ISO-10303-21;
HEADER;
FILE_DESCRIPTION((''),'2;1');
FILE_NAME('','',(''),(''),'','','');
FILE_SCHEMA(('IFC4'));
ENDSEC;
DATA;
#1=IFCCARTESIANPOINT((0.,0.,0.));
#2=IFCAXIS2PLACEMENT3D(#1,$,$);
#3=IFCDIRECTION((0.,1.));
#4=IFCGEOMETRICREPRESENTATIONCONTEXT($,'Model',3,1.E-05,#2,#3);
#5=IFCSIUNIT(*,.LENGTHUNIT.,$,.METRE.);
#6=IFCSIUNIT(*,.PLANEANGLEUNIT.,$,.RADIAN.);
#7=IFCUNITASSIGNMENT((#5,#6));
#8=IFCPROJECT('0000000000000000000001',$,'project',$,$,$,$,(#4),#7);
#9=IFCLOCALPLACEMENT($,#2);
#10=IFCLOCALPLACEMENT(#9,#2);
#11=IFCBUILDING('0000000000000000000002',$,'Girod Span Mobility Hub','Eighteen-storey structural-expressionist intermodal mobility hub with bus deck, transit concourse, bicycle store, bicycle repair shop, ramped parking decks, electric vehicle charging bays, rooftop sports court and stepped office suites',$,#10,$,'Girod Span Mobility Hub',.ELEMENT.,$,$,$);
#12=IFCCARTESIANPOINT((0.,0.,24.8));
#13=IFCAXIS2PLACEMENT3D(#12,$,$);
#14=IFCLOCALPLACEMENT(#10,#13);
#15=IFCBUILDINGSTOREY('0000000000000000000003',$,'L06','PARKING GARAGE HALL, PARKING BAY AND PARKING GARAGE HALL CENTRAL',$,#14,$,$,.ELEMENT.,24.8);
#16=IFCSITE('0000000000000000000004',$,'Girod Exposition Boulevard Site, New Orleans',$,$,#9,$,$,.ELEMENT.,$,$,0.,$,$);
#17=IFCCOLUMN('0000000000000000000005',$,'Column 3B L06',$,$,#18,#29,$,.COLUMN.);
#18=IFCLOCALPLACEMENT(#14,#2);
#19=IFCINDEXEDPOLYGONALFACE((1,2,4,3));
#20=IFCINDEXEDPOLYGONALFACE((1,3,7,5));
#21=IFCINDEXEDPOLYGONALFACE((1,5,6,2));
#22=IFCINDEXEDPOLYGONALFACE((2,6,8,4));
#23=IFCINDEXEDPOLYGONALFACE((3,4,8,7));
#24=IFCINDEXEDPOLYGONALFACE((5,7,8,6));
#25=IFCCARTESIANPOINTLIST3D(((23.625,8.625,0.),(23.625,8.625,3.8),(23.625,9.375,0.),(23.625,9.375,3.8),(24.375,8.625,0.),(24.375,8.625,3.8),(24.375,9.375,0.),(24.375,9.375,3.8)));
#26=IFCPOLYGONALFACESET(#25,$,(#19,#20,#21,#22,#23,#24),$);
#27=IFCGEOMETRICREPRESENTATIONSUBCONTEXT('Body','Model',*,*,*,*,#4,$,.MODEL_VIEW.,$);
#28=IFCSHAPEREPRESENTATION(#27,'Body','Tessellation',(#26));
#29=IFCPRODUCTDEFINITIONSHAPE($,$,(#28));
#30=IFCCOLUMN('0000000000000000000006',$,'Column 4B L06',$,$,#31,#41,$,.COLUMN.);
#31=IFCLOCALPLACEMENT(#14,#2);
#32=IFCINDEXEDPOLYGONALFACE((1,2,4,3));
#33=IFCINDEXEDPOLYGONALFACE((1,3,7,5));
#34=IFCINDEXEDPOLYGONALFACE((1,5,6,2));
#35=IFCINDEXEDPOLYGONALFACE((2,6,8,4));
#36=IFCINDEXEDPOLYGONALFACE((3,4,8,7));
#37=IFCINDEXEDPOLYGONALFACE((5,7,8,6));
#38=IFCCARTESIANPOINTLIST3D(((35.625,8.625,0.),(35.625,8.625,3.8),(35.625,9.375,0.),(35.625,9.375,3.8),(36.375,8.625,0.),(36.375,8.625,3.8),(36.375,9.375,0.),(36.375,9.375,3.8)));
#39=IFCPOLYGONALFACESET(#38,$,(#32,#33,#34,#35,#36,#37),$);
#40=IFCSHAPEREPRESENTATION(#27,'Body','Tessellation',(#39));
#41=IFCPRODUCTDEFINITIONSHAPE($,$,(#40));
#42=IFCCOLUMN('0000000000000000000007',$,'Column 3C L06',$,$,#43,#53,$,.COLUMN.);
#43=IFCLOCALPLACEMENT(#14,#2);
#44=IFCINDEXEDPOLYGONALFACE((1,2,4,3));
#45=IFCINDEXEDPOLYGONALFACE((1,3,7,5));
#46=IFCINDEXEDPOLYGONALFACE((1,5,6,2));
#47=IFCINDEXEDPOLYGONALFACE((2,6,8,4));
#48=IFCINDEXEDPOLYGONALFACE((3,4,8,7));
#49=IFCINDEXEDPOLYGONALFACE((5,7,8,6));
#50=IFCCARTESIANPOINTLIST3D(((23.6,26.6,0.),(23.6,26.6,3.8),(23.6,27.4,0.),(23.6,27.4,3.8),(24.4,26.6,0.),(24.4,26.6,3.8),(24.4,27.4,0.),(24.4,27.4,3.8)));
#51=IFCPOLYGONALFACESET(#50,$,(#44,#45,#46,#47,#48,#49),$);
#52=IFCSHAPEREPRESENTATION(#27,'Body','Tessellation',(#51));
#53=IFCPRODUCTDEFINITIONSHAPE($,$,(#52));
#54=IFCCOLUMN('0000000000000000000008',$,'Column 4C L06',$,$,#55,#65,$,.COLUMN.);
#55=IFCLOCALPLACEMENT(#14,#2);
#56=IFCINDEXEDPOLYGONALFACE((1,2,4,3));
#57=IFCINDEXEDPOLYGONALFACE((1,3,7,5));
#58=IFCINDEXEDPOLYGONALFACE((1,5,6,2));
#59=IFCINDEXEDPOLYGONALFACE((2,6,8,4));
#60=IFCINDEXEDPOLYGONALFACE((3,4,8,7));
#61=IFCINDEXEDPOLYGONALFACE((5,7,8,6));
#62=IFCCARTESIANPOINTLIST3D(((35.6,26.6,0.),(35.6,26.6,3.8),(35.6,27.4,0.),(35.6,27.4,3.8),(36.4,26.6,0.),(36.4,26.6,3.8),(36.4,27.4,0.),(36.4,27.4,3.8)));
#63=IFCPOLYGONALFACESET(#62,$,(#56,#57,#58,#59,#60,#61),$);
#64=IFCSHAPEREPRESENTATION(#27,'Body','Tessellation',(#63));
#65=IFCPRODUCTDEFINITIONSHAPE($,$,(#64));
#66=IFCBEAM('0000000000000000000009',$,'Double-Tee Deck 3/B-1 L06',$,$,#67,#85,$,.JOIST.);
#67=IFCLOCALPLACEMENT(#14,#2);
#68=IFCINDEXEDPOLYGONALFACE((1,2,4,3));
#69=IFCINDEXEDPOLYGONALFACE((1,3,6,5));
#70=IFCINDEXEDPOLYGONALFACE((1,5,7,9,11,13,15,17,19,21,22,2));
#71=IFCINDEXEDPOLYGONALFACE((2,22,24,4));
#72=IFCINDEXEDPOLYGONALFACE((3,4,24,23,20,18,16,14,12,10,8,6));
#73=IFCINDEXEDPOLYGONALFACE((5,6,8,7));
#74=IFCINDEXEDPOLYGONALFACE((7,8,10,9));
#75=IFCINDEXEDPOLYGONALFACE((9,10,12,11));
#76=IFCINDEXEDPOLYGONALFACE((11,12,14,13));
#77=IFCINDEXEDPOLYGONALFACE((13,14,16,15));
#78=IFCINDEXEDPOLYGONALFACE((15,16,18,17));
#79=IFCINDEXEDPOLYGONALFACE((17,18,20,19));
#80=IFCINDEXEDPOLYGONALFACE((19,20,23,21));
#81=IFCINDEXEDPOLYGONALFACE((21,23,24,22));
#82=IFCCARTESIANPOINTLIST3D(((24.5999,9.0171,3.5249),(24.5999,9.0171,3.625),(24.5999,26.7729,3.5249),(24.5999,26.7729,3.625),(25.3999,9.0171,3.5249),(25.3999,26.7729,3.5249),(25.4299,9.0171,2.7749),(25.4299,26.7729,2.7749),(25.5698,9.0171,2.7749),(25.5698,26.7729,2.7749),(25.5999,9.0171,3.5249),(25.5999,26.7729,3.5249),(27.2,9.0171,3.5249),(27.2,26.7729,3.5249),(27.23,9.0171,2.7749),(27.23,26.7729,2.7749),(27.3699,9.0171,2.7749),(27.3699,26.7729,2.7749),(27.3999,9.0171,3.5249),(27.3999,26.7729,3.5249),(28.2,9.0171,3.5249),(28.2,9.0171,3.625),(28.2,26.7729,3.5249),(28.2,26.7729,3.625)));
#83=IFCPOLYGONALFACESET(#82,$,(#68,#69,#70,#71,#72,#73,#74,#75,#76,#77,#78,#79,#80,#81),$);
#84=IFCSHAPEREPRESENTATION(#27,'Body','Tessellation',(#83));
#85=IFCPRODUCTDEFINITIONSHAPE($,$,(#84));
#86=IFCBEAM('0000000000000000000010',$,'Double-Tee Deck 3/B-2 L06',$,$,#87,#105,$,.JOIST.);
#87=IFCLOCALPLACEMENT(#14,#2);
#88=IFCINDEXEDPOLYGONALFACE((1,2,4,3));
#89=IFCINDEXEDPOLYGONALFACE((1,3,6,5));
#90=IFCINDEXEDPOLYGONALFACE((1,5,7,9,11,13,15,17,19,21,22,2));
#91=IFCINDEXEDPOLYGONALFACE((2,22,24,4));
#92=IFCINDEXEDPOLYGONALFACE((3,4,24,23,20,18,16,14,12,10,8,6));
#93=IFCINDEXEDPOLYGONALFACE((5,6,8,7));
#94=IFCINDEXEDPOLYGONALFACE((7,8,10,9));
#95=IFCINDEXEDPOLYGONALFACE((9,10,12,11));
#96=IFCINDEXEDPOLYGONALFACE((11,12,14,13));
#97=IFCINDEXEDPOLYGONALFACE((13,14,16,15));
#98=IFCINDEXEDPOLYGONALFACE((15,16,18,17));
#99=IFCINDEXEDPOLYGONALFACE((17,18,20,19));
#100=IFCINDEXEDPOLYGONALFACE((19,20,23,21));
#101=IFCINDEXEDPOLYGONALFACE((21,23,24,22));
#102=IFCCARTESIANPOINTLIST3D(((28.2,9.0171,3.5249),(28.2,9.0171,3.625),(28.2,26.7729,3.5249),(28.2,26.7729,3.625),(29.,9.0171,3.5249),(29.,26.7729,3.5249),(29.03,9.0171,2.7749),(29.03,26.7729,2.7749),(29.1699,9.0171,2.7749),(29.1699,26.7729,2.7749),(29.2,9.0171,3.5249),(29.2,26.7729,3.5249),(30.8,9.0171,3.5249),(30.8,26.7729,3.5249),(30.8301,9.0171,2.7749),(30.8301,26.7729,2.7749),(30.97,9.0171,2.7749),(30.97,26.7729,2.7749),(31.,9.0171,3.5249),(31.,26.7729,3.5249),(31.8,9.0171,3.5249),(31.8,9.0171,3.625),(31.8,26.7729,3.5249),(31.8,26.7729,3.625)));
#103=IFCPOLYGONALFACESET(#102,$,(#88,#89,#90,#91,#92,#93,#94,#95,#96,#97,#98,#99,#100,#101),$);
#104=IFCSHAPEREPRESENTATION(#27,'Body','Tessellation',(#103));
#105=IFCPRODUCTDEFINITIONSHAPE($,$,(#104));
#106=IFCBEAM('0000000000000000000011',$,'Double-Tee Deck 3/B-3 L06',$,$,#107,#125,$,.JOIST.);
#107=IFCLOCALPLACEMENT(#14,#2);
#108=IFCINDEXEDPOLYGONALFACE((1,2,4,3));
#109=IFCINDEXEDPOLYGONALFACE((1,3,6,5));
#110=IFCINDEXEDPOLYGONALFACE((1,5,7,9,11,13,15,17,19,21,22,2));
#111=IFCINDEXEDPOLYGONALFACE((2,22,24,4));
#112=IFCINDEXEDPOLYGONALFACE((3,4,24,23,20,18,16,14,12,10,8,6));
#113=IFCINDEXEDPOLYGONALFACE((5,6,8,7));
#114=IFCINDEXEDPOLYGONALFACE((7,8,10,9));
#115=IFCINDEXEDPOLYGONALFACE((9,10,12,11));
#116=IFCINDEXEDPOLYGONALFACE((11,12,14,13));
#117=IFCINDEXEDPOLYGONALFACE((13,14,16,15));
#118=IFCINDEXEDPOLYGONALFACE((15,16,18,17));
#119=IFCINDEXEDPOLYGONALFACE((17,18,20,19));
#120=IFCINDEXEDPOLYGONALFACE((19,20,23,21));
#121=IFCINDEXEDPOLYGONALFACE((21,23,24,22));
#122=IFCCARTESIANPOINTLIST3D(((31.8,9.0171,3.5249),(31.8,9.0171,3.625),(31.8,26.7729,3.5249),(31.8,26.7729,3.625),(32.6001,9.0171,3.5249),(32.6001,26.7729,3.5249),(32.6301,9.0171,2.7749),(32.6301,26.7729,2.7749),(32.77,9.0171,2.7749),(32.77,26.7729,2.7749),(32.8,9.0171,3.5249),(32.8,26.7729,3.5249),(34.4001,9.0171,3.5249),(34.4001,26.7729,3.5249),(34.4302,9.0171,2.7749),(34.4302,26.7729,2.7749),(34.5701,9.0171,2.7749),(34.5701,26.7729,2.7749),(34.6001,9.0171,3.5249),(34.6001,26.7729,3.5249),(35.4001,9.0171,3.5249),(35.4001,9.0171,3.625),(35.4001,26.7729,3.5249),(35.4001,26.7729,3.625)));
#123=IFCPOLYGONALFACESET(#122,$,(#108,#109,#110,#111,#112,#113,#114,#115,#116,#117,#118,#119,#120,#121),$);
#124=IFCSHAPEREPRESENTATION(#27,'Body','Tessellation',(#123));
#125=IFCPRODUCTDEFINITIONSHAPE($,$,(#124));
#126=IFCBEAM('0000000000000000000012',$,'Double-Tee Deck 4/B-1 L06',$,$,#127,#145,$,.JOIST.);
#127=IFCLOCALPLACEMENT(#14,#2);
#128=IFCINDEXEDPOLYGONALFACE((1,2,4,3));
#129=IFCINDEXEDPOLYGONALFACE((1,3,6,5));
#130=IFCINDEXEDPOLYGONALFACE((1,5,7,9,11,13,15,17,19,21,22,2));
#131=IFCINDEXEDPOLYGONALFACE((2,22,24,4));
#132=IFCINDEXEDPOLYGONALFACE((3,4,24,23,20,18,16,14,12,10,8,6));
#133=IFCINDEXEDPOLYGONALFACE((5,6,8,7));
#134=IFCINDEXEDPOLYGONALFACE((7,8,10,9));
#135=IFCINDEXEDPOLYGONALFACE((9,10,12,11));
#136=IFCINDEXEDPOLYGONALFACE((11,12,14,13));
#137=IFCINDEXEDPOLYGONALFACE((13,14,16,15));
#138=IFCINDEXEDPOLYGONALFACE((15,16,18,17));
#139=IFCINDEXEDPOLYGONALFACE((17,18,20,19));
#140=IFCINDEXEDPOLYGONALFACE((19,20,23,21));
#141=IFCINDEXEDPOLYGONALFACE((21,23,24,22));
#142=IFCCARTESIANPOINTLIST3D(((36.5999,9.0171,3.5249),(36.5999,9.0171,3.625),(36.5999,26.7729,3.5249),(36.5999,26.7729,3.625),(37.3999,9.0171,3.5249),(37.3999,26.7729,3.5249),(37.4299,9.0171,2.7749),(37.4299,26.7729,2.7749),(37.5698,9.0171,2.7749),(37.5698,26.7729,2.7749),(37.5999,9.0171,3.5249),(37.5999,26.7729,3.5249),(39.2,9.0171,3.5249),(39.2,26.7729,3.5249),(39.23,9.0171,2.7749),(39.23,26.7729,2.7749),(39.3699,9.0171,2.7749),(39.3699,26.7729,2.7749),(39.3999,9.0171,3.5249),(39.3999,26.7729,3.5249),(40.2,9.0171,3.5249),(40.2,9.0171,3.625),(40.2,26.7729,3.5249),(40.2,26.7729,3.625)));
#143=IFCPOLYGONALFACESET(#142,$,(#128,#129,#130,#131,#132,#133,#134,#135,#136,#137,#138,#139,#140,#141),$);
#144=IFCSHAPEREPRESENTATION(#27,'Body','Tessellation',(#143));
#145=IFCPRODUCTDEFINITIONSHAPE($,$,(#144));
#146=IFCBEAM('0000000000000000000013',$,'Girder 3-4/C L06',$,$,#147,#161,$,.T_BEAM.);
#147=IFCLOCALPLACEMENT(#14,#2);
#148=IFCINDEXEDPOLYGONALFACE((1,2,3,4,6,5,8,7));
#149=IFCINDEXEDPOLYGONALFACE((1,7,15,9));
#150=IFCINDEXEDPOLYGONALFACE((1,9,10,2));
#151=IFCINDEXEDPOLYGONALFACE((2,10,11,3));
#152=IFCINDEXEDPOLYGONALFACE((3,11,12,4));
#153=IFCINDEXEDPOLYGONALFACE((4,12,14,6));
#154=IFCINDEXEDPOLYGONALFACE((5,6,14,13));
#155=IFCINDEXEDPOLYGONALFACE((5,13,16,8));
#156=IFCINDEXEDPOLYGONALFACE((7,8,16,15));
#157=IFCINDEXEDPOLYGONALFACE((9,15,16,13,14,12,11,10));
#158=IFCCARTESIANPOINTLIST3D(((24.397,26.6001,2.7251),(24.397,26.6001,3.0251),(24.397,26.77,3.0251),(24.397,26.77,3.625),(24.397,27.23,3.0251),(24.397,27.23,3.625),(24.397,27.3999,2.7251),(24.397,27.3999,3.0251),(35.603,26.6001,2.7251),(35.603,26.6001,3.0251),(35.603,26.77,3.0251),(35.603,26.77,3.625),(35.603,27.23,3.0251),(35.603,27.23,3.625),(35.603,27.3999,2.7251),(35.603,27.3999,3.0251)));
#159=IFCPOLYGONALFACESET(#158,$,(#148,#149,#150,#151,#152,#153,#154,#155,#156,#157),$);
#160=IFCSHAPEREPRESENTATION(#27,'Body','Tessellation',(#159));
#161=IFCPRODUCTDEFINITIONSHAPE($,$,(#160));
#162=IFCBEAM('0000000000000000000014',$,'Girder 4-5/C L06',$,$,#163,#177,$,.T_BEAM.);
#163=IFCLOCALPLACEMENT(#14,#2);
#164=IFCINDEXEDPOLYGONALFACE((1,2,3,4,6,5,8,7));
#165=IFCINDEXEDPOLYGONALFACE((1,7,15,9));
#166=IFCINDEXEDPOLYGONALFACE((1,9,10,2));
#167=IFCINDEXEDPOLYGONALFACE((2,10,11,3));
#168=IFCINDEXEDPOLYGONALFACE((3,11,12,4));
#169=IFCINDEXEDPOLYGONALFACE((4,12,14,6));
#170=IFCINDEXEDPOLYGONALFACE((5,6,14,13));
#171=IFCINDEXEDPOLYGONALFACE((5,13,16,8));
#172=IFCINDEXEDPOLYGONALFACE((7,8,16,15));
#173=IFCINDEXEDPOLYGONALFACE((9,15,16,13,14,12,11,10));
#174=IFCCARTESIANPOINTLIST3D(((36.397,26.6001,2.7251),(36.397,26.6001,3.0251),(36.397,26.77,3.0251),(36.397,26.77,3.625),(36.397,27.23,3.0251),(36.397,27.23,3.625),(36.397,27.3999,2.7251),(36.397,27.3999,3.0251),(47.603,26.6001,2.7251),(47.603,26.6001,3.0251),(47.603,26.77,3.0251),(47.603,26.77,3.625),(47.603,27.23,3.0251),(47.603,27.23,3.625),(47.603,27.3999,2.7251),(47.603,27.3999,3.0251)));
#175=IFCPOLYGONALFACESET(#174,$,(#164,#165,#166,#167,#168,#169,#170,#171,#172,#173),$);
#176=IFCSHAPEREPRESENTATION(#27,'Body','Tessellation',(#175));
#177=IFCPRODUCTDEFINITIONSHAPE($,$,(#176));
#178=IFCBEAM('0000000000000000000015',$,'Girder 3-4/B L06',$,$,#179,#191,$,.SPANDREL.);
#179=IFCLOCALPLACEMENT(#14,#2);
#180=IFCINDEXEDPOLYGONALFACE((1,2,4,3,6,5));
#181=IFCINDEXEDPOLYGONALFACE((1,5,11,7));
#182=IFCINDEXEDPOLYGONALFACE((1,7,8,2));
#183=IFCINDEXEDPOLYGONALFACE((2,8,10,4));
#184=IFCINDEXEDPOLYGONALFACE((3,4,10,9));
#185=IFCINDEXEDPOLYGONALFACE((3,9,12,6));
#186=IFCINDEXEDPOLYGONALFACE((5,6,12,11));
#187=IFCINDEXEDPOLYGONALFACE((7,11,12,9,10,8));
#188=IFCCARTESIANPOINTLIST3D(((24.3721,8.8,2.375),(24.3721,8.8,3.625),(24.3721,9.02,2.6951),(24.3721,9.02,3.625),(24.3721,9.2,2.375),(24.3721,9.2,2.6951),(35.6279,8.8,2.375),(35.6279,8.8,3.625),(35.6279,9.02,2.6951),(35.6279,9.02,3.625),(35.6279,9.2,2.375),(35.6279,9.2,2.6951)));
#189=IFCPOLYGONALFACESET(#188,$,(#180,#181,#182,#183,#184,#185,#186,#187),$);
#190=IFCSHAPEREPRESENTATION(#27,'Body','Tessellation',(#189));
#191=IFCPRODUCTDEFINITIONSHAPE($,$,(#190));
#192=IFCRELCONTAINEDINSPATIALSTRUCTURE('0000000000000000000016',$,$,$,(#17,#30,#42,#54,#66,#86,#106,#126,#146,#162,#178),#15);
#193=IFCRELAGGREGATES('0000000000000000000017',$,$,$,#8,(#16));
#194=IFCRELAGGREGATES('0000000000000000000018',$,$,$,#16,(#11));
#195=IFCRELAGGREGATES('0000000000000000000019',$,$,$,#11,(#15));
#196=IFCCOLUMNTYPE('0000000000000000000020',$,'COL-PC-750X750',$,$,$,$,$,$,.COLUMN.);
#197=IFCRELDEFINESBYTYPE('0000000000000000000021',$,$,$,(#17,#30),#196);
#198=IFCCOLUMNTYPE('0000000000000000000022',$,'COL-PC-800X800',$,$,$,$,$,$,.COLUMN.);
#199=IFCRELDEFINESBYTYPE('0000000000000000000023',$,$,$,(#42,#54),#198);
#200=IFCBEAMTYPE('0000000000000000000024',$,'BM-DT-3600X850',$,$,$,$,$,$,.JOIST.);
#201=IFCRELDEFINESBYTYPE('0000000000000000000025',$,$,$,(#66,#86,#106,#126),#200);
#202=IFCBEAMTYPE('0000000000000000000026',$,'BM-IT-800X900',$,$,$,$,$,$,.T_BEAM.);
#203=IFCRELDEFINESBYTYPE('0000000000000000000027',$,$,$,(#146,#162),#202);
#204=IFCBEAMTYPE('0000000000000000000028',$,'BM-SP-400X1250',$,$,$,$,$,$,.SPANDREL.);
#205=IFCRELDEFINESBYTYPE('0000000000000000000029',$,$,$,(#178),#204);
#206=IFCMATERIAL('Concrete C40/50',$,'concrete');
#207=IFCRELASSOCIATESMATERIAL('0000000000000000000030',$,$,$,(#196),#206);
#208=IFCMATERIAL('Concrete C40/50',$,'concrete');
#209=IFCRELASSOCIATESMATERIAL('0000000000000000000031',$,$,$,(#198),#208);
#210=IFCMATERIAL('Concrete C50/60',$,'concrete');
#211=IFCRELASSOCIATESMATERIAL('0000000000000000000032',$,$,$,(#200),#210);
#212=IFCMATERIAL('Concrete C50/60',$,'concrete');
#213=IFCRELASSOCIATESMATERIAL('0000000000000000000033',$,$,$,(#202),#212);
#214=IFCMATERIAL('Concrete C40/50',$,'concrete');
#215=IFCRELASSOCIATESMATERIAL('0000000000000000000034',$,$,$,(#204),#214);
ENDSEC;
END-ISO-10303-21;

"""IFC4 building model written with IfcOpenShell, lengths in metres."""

from ifc_helpers import new_model, si_unit, direction, frame, origin, origin_2d, place, context, subcontext, project, spatial, polyline, rectangle, outline, extrude, material, material_profile, profile_set, type_object, element, save


model = new_model("IFC4")

# Units and contexts
model_context = context("Model", 3, precision=1e-05, world=origin(), true_north=direction((0.0, 1.0)))
body_context = subcontext(model_context, "Body", "Model", "MODEL_VIEW")
ifc_project = project(units=[si_unit("LENGTHUNIT", "METRE"), si_unit("PLANEANGLEUNIT", "RADIAN")], contexts=[model_context])

# Site, building, storey
site_placement = place(None, origin())
site = spatial("IfcSite", under=ifc_project, at=site_placement, Name="Girod Exposition Boulevard Site, New Orleans", CompositionType="ELEMENT", RefElevation=0.0)
building_placement = place(site_placement, origin())
building = spatial("IfcBuilding", under=site, at=building_placement, Name="Girod Span Mobility Hub", Description="Eighteen-storey structural-expressionist intermodal mobility hub with bus deck, transit concourse, bicycle store, bicycle repair shop, ramped parking decks, electric vehicle charging bays, rooftop sports court and stepped office suites", LongName="Girod Span Mobility Hub", CompositionType="ELEMENT")
storey_placement = place(building_placement, frame((0.0, 0.0, 24.8)))
storey = spatial("IfcBuildingStorey", under=building, at=storey_placement, Name="L06", Description="PARKING GARAGE HALL, PARKING BAY AND PARKING GARAGE HALL CENTRAL", CompositionType="ELEMENT", Elevation=24.8)

# Columns
ifc_material_1 = material(Name="Concrete C40/50", Category="concrete")
ifc_material_profile_1 = material_profile(ifc_material_1, rectangle(XDim=0.75, YDim=0.75, at=origin_2d()), Name="PC-COL-750X750")
ifc_profile_set_1 = profile_set([ifc_material_profile_1], Name="Concrete C40/50")
column_type_1 = type_object("IfcColumnType", Name="COL-PC-750X750", PredefinedType="COLUMN", material=ifc_profile_set_1)
for number, where, z_axis, x_axis, name in (
    (1, (24.0, 9.0, 0.0), (0.0, 0.0, 1.0), (1.0, 0.0, 0.0), "Column 3B L06"),
    (2, (36.0, 9.0, 0.0), (0.0, 0.0, 1.0), (1.0, 0.0, 0.0), "Column 4B L06"),
):
    element("IfcColumn", number, at=place(storey_placement, frame(where, z_axis=z_axis, x_axis=x_axis)), inside=storey, type_object=column_type_1, Name=name, PredefinedType="COLUMN", context=body_context, shape_type="SweptSolid", body=[
        extrude(rectangle(XDim=0.75, YDim=0.75, at=origin_2d()), origin(), (0.0, 0.0, 1.0), 3.8),
    ])
ifc_material_2 = material(Name="Concrete C40/50", Category="concrete")
ifc_material_profile_2 = material_profile(ifc_material_2, rectangle(XDim=0.8, YDim=0.8, at=origin_2d()), Name="PC-COL-800X800")
ifc_profile_set_2 = profile_set([ifc_material_profile_2], Name="Concrete C40/50")
column_type_2 = type_object("IfcColumnType", Name="COL-PC-800X800", PredefinedType="COLUMN", material=ifc_profile_set_2)
for number, where, z_axis, x_axis, name in (
    (3, (24.0, 27.0, 0.0), (0.0, 0.0, 1.0), (1.0, 0.0, 0.0), "Column 3C L06"),
    (4, (36.0, 27.0, 0.0), (0.0, 0.0, 1.0), (1.0, 0.0, 0.0), "Column 4C L06"),
):
    element("IfcColumn", number, at=place(storey_placement, frame(where, z_axis=z_axis, x_axis=x_axis)), inside=storey, type_object=column_type_2, Name=name, PredefinedType="COLUMN", context=body_context, shape_type="SweptSolid", body=[
        extrude(rectangle(XDim=0.8, YDim=0.8, at=origin_2d()), origin(), (0.0, 0.0, 1.0), 3.8),
    ])

# Beams
ifc_material_3 = material(Name="Concrete C50/60", Category="concrete")
ifc_material_profile_3 = material_profile(ifc_material_3, outline(polyline([(-1.8, 0.425), (-1.8, 0.325), (-1.0, 0.325), (-0.97, -0.425), (-0.8301, -0.425), (-0.8, 0.325), (0.8, 0.325), (0.8301, -0.425), (0.97, -0.425), (1.0, 0.325), (1.8, 0.325), (1.8, 0.425), (-1.8, 0.425)])), Name="DT-3600X850")
ifc_profile_set_3 = profile_set([ifc_material_profile_3], Name="Concrete C50/60")
beam_type_1 = type_object("IfcBeamType", Name="BM-DT-3600X850", PredefinedType="JOIST", material=ifc_profile_set_3)
for number, where, z_axis, x_axis, name in (
    (5, (26.3999, 9.0171, 3.2), (0.0, 1.0, 0.0), (-1.0, 0.0, 0.0), "Double-Tee Deck 3/B-1 L06"),
    (6, (30.0, 9.0171, 3.2), (0.0, 1.0, 0.0), (-1.0, 0.0, 0.0), "Double-Tee Deck 3/B-2 L06"),
    (7, (33.6001, 9.0171, 3.2), (0.0, 1.0, 0.0), (-1.0, 0.0, 0.0), "Double-Tee Deck 3/B-3 L06"),
    (8, (38.3999, 9.0171, 3.2), (0.0, 1.0, 0.0), (-1.0, 0.0, 0.0), "Double-Tee Deck 4/B-1 L06"),
):
    element("IfcBeam", number, at=place(storey_placement, frame(where, z_axis=z_axis, x_axis=x_axis)), inside=storey, type_object=beam_type_1, Name=name, PredefinedType="JOIST", context=body_context, shape_type="SweptSolid", body=[
        extrude(outline(polyline([(-1.8, 0.425), (-1.8, 0.325), (-1.0, 0.325), (-0.97, -0.425), (-0.8301, -0.425), (-0.8, 0.325), (0.8, 0.325), (0.8301, -0.425), (0.97, -0.425), (1.0, 0.325), (1.8, 0.325), (1.8, 0.425), (-1.8, 0.425)])), origin(), (0.0, 0.0, 1.0), 17.7559),
    ])
ifc_material_4 = material(Name="Concrete C50/60", Category="concrete")
ifc_material_profile_4 = material_profile(ifc_material_4, outline(polyline([(-0.3999, -0.45), (0.3999, -0.45), (0.3999, -0.1499), (0.23, -0.1499), (0.23, 0.45), (-0.23, 0.45), (-0.23, -0.1499), (-0.3999, -0.1499), (-0.3999, -0.45)])), Name="IT-800X900")
ifc_profile_set_4 = profile_set([ifc_material_profile_4], Name="Concrete C50/60")
beam_type_2 = type_object("IfcBeamType", Name="BM-IT-800X900", PredefinedType="T_BEAM", material=ifc_profile_set_4)
for number, where, z_axis, x_axis, name in (
    (9, (24.397, 27.0, 3.175), (1.0, 0.0, 0.0), (0.0, 1.0, 0.0), "Girder 3-4/C L06"),
    (10, (36.397, 27.0, 3.175), (1.0, 0.0, 0.0), (0.0, 1.0, 0.0), "Girder 4-5/C L06"),
):
    element("IfcBeam", number, at=place(storey_placement, frame(where, z_axis=z_axis, x_axis=x_axis)), inside=storey, type_object=beam_type_2, Name=name, PredefinedType="T_BEAM", context=body_context, shape_type="SweptSolid", body=[
        extrude(outline(polyline([(-0.3999, -0.45), (0.3999, -0.45), (0.3999, -0.1499), (0.23, -0.1499), (0.23, 0.45), (-0.23, 0.45), (-0.23, -0.1499), (-0.3999, -0.1499), (-0.3999, -0.45)])), origin(), (0.0, 0.0, 1.0), 11.2061),
    ])
ifc_material_5 = material(Name="Concrete C40/50", Category="concrete")
ifc_material_profile_5 = material_profile(ifc_material_5, outline(polyline([(-0.2, -0.625), (0.2, -0.625), (0.2, -0.3049), (0.02, -0.3049), (0.02, 0.625), (-0.2, 0.625), (-0.2, -0.625)])), Name="SP-400X1250")
ifc_profile_set_5 = profile_set([ifc_material_profile_5], Name="Concrete C40/50")
beam_type_3 = type_object("IfcBeamType", Name="BM-SP-400X1250", PredefinedType="SPANDREL", material=ifc_profile_set_5)
for number, where, z_axis, x_axis, name in (
    (11, (24.3721, 9.0, 3.0), (1.0, 0.0, 0.0), (0.0, 1.0, 0.0), "Girder 3-4/B L06"),
):
    element("IfcBeam", number, at=place(storey_placement, frame(where, z_axis=z_axis, x_axis=x_axis)), inside=storey, type_object=beam_type_3, Name=name, PredefinedType="SPANDREL", context=body_context, shape_type="SweptSolid", body=[
        extrude(outline(polyline([(-0.2, -0.625), (0.2, -0.625), (0.2, -0.3049), (0.02, -0.3049), (0.02, 0.625), (-0.2, 0.625), (-0.2, -0.625)])), origin(), (0.0, 0.0, 1.0), 11.2559),
    ])

save(model, "model.ifc")
